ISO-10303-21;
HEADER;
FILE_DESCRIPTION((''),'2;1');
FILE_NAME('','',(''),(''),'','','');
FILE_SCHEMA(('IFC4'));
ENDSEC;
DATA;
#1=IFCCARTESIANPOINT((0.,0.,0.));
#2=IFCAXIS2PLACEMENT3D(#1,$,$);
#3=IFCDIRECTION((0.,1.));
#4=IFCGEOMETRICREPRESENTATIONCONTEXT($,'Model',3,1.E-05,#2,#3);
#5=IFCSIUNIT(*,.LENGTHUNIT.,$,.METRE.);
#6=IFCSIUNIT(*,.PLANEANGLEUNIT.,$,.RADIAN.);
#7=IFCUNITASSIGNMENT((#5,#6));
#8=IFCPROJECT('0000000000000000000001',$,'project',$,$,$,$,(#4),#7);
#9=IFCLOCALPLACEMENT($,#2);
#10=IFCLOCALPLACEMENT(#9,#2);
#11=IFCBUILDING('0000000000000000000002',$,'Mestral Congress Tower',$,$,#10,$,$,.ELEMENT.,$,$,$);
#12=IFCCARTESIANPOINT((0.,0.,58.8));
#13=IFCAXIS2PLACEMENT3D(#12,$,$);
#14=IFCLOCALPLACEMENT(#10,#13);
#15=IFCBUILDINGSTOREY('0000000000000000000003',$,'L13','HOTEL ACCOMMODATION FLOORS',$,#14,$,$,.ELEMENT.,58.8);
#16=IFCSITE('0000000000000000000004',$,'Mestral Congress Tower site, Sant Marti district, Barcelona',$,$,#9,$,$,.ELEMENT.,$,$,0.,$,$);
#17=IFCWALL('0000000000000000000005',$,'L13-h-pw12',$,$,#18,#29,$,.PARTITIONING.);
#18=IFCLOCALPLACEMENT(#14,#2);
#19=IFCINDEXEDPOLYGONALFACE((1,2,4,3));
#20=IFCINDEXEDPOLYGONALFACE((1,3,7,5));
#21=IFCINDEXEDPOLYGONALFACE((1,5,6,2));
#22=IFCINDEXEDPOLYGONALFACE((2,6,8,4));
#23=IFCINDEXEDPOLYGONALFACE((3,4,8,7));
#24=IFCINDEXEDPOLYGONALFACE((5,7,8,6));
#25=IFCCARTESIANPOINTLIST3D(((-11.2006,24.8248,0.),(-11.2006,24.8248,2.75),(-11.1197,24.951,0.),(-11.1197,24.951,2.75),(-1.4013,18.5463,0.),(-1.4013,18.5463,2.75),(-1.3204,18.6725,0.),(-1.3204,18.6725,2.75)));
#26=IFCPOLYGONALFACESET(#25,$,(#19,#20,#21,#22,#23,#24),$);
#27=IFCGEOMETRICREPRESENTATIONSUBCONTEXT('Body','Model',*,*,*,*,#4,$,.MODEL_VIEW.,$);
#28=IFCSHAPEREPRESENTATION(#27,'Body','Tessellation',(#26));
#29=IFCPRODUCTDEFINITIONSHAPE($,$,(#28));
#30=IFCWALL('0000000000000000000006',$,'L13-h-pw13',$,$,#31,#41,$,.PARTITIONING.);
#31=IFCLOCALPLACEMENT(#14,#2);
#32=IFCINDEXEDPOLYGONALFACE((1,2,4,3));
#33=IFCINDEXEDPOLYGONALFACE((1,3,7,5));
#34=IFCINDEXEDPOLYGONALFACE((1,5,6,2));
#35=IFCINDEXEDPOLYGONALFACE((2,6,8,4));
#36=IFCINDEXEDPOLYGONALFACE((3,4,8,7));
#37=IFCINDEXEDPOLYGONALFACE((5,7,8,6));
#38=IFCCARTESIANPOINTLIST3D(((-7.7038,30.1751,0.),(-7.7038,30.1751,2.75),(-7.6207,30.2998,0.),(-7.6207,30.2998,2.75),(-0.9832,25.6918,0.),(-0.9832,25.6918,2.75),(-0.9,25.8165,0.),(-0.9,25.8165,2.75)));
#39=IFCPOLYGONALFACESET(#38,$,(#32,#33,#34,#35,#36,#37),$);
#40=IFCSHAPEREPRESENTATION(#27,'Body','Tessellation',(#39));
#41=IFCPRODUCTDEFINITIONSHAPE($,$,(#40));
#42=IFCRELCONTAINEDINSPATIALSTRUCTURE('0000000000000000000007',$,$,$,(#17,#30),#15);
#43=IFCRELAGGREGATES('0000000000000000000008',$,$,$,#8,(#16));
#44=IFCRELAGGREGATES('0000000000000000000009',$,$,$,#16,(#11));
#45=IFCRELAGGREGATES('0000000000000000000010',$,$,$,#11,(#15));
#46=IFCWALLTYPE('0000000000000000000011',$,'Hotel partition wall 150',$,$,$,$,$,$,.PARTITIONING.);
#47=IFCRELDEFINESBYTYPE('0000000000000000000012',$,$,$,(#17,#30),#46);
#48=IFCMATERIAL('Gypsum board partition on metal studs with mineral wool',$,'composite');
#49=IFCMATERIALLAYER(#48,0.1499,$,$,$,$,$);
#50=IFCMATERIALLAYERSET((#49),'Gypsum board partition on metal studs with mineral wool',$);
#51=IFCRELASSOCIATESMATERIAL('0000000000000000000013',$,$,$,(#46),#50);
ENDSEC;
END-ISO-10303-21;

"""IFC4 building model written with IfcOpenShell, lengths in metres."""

from ifc_helpers import new_model, si_unit, direction, frame, frame_2d, origin, place, context, subcontext, project, spatial, rectangle, extrude, material, layer, layer_set, type_object, element, save


model = new_model("IFC4")

# Units and contexts
model_context = context("Model", 3, precision=1e-05, world=origin(), true_north=direction((0.0, 1.0)))
body_context = subcontext(model_context, "Body", "Model", "MODEL_VIEW")
ifc_project = project(units=[si_unit("LENGTHUNIT", "METRE"), si_unit("PLANEANGLEUNIT", "RADIAN")], contexts=[model_context])

# Site, building, storey
site_placement = place(None, origin())
site = spatial("IfcSite", under=ifc_project, at=site_placement, Name="Mestral Congress Tower site, Sant Marti district, Barcelona", CompositionType="ELEMENT", RefElevation=0.0)
building_placement = place(site_placement, origin())
building = spatial("IfcBuilding", under=site, at=building_placement, Name="Mestral Congress Tower", CompositionType="ELEMENT")
storey_placement = place(building_placement, frame((0.0, 0.0, 58.8)))
storey = spatial("IfcBuildingStorey", under=building, at=storey_placement, Name="L13", Description="HOTEL ACCOMMODATION FLOORS", CompositionType="ELEMENT", Elevation=58.8)

# Walls
ifc_material_1 = material(Name="Gypsum board partition on metal studs with mineral wool", Category="composite")
ifc_layer_1 = layer(ifc_material_1, 0.1499)
ifc_layer_set_1 = layer_set([ifc_layer_1], Name="Gypsum board partition on metal studs with mineral wool")
wall_type_1 = type_object("IfcWallType", Name="Hotel partition wall 150", PredefinedType="PARTITIONING", material=ifc_layer_set_1)
wall_1_placement = place(storey_placement, frame((-11.1602, 24.8879, 0.0), z_axis=(0.0, 0.0, 1.0), x_axis=(0.841998, -0.53948, 0.0)))
element("IfcWall", 1, at=wall_1_placement, inside=storey, type_object=wall_type_1, Name="L13-h-pw12", PredefinedType="PARTITIONING", context=body_context, shape_type="SweptSolid", body=[
    extrude(rectangle(XDim=11.6382, YDim=0.1499, at=frame_2d((5.8191, 0.0))), origin(), (0.0, 0.0, 1.0), 2.75),
])
wall_2_placement = place(storey_placement, frame((-7.6624, 30.2375, 0.0), z_axis=(0.0, 0.0, 1.0), x_axis=(0.831883, -0.554951, 0.0)))
element("IfcWall", 2, at=wall_2_placement, inside=storey, type_object=wall_type_1, Name="L13-h-pw13", PredefinedType="PARTITIONING", context=body_context, shape_type="SweptSolid", body=[
    extrude(rectangle(XDim=8.0789, YDim=0.1499, at=frame_2d((4.0396, 0.0))), origin(), (0.0, 0.0, 1.0), 2.75),
])

save(model, "model.ifc")
